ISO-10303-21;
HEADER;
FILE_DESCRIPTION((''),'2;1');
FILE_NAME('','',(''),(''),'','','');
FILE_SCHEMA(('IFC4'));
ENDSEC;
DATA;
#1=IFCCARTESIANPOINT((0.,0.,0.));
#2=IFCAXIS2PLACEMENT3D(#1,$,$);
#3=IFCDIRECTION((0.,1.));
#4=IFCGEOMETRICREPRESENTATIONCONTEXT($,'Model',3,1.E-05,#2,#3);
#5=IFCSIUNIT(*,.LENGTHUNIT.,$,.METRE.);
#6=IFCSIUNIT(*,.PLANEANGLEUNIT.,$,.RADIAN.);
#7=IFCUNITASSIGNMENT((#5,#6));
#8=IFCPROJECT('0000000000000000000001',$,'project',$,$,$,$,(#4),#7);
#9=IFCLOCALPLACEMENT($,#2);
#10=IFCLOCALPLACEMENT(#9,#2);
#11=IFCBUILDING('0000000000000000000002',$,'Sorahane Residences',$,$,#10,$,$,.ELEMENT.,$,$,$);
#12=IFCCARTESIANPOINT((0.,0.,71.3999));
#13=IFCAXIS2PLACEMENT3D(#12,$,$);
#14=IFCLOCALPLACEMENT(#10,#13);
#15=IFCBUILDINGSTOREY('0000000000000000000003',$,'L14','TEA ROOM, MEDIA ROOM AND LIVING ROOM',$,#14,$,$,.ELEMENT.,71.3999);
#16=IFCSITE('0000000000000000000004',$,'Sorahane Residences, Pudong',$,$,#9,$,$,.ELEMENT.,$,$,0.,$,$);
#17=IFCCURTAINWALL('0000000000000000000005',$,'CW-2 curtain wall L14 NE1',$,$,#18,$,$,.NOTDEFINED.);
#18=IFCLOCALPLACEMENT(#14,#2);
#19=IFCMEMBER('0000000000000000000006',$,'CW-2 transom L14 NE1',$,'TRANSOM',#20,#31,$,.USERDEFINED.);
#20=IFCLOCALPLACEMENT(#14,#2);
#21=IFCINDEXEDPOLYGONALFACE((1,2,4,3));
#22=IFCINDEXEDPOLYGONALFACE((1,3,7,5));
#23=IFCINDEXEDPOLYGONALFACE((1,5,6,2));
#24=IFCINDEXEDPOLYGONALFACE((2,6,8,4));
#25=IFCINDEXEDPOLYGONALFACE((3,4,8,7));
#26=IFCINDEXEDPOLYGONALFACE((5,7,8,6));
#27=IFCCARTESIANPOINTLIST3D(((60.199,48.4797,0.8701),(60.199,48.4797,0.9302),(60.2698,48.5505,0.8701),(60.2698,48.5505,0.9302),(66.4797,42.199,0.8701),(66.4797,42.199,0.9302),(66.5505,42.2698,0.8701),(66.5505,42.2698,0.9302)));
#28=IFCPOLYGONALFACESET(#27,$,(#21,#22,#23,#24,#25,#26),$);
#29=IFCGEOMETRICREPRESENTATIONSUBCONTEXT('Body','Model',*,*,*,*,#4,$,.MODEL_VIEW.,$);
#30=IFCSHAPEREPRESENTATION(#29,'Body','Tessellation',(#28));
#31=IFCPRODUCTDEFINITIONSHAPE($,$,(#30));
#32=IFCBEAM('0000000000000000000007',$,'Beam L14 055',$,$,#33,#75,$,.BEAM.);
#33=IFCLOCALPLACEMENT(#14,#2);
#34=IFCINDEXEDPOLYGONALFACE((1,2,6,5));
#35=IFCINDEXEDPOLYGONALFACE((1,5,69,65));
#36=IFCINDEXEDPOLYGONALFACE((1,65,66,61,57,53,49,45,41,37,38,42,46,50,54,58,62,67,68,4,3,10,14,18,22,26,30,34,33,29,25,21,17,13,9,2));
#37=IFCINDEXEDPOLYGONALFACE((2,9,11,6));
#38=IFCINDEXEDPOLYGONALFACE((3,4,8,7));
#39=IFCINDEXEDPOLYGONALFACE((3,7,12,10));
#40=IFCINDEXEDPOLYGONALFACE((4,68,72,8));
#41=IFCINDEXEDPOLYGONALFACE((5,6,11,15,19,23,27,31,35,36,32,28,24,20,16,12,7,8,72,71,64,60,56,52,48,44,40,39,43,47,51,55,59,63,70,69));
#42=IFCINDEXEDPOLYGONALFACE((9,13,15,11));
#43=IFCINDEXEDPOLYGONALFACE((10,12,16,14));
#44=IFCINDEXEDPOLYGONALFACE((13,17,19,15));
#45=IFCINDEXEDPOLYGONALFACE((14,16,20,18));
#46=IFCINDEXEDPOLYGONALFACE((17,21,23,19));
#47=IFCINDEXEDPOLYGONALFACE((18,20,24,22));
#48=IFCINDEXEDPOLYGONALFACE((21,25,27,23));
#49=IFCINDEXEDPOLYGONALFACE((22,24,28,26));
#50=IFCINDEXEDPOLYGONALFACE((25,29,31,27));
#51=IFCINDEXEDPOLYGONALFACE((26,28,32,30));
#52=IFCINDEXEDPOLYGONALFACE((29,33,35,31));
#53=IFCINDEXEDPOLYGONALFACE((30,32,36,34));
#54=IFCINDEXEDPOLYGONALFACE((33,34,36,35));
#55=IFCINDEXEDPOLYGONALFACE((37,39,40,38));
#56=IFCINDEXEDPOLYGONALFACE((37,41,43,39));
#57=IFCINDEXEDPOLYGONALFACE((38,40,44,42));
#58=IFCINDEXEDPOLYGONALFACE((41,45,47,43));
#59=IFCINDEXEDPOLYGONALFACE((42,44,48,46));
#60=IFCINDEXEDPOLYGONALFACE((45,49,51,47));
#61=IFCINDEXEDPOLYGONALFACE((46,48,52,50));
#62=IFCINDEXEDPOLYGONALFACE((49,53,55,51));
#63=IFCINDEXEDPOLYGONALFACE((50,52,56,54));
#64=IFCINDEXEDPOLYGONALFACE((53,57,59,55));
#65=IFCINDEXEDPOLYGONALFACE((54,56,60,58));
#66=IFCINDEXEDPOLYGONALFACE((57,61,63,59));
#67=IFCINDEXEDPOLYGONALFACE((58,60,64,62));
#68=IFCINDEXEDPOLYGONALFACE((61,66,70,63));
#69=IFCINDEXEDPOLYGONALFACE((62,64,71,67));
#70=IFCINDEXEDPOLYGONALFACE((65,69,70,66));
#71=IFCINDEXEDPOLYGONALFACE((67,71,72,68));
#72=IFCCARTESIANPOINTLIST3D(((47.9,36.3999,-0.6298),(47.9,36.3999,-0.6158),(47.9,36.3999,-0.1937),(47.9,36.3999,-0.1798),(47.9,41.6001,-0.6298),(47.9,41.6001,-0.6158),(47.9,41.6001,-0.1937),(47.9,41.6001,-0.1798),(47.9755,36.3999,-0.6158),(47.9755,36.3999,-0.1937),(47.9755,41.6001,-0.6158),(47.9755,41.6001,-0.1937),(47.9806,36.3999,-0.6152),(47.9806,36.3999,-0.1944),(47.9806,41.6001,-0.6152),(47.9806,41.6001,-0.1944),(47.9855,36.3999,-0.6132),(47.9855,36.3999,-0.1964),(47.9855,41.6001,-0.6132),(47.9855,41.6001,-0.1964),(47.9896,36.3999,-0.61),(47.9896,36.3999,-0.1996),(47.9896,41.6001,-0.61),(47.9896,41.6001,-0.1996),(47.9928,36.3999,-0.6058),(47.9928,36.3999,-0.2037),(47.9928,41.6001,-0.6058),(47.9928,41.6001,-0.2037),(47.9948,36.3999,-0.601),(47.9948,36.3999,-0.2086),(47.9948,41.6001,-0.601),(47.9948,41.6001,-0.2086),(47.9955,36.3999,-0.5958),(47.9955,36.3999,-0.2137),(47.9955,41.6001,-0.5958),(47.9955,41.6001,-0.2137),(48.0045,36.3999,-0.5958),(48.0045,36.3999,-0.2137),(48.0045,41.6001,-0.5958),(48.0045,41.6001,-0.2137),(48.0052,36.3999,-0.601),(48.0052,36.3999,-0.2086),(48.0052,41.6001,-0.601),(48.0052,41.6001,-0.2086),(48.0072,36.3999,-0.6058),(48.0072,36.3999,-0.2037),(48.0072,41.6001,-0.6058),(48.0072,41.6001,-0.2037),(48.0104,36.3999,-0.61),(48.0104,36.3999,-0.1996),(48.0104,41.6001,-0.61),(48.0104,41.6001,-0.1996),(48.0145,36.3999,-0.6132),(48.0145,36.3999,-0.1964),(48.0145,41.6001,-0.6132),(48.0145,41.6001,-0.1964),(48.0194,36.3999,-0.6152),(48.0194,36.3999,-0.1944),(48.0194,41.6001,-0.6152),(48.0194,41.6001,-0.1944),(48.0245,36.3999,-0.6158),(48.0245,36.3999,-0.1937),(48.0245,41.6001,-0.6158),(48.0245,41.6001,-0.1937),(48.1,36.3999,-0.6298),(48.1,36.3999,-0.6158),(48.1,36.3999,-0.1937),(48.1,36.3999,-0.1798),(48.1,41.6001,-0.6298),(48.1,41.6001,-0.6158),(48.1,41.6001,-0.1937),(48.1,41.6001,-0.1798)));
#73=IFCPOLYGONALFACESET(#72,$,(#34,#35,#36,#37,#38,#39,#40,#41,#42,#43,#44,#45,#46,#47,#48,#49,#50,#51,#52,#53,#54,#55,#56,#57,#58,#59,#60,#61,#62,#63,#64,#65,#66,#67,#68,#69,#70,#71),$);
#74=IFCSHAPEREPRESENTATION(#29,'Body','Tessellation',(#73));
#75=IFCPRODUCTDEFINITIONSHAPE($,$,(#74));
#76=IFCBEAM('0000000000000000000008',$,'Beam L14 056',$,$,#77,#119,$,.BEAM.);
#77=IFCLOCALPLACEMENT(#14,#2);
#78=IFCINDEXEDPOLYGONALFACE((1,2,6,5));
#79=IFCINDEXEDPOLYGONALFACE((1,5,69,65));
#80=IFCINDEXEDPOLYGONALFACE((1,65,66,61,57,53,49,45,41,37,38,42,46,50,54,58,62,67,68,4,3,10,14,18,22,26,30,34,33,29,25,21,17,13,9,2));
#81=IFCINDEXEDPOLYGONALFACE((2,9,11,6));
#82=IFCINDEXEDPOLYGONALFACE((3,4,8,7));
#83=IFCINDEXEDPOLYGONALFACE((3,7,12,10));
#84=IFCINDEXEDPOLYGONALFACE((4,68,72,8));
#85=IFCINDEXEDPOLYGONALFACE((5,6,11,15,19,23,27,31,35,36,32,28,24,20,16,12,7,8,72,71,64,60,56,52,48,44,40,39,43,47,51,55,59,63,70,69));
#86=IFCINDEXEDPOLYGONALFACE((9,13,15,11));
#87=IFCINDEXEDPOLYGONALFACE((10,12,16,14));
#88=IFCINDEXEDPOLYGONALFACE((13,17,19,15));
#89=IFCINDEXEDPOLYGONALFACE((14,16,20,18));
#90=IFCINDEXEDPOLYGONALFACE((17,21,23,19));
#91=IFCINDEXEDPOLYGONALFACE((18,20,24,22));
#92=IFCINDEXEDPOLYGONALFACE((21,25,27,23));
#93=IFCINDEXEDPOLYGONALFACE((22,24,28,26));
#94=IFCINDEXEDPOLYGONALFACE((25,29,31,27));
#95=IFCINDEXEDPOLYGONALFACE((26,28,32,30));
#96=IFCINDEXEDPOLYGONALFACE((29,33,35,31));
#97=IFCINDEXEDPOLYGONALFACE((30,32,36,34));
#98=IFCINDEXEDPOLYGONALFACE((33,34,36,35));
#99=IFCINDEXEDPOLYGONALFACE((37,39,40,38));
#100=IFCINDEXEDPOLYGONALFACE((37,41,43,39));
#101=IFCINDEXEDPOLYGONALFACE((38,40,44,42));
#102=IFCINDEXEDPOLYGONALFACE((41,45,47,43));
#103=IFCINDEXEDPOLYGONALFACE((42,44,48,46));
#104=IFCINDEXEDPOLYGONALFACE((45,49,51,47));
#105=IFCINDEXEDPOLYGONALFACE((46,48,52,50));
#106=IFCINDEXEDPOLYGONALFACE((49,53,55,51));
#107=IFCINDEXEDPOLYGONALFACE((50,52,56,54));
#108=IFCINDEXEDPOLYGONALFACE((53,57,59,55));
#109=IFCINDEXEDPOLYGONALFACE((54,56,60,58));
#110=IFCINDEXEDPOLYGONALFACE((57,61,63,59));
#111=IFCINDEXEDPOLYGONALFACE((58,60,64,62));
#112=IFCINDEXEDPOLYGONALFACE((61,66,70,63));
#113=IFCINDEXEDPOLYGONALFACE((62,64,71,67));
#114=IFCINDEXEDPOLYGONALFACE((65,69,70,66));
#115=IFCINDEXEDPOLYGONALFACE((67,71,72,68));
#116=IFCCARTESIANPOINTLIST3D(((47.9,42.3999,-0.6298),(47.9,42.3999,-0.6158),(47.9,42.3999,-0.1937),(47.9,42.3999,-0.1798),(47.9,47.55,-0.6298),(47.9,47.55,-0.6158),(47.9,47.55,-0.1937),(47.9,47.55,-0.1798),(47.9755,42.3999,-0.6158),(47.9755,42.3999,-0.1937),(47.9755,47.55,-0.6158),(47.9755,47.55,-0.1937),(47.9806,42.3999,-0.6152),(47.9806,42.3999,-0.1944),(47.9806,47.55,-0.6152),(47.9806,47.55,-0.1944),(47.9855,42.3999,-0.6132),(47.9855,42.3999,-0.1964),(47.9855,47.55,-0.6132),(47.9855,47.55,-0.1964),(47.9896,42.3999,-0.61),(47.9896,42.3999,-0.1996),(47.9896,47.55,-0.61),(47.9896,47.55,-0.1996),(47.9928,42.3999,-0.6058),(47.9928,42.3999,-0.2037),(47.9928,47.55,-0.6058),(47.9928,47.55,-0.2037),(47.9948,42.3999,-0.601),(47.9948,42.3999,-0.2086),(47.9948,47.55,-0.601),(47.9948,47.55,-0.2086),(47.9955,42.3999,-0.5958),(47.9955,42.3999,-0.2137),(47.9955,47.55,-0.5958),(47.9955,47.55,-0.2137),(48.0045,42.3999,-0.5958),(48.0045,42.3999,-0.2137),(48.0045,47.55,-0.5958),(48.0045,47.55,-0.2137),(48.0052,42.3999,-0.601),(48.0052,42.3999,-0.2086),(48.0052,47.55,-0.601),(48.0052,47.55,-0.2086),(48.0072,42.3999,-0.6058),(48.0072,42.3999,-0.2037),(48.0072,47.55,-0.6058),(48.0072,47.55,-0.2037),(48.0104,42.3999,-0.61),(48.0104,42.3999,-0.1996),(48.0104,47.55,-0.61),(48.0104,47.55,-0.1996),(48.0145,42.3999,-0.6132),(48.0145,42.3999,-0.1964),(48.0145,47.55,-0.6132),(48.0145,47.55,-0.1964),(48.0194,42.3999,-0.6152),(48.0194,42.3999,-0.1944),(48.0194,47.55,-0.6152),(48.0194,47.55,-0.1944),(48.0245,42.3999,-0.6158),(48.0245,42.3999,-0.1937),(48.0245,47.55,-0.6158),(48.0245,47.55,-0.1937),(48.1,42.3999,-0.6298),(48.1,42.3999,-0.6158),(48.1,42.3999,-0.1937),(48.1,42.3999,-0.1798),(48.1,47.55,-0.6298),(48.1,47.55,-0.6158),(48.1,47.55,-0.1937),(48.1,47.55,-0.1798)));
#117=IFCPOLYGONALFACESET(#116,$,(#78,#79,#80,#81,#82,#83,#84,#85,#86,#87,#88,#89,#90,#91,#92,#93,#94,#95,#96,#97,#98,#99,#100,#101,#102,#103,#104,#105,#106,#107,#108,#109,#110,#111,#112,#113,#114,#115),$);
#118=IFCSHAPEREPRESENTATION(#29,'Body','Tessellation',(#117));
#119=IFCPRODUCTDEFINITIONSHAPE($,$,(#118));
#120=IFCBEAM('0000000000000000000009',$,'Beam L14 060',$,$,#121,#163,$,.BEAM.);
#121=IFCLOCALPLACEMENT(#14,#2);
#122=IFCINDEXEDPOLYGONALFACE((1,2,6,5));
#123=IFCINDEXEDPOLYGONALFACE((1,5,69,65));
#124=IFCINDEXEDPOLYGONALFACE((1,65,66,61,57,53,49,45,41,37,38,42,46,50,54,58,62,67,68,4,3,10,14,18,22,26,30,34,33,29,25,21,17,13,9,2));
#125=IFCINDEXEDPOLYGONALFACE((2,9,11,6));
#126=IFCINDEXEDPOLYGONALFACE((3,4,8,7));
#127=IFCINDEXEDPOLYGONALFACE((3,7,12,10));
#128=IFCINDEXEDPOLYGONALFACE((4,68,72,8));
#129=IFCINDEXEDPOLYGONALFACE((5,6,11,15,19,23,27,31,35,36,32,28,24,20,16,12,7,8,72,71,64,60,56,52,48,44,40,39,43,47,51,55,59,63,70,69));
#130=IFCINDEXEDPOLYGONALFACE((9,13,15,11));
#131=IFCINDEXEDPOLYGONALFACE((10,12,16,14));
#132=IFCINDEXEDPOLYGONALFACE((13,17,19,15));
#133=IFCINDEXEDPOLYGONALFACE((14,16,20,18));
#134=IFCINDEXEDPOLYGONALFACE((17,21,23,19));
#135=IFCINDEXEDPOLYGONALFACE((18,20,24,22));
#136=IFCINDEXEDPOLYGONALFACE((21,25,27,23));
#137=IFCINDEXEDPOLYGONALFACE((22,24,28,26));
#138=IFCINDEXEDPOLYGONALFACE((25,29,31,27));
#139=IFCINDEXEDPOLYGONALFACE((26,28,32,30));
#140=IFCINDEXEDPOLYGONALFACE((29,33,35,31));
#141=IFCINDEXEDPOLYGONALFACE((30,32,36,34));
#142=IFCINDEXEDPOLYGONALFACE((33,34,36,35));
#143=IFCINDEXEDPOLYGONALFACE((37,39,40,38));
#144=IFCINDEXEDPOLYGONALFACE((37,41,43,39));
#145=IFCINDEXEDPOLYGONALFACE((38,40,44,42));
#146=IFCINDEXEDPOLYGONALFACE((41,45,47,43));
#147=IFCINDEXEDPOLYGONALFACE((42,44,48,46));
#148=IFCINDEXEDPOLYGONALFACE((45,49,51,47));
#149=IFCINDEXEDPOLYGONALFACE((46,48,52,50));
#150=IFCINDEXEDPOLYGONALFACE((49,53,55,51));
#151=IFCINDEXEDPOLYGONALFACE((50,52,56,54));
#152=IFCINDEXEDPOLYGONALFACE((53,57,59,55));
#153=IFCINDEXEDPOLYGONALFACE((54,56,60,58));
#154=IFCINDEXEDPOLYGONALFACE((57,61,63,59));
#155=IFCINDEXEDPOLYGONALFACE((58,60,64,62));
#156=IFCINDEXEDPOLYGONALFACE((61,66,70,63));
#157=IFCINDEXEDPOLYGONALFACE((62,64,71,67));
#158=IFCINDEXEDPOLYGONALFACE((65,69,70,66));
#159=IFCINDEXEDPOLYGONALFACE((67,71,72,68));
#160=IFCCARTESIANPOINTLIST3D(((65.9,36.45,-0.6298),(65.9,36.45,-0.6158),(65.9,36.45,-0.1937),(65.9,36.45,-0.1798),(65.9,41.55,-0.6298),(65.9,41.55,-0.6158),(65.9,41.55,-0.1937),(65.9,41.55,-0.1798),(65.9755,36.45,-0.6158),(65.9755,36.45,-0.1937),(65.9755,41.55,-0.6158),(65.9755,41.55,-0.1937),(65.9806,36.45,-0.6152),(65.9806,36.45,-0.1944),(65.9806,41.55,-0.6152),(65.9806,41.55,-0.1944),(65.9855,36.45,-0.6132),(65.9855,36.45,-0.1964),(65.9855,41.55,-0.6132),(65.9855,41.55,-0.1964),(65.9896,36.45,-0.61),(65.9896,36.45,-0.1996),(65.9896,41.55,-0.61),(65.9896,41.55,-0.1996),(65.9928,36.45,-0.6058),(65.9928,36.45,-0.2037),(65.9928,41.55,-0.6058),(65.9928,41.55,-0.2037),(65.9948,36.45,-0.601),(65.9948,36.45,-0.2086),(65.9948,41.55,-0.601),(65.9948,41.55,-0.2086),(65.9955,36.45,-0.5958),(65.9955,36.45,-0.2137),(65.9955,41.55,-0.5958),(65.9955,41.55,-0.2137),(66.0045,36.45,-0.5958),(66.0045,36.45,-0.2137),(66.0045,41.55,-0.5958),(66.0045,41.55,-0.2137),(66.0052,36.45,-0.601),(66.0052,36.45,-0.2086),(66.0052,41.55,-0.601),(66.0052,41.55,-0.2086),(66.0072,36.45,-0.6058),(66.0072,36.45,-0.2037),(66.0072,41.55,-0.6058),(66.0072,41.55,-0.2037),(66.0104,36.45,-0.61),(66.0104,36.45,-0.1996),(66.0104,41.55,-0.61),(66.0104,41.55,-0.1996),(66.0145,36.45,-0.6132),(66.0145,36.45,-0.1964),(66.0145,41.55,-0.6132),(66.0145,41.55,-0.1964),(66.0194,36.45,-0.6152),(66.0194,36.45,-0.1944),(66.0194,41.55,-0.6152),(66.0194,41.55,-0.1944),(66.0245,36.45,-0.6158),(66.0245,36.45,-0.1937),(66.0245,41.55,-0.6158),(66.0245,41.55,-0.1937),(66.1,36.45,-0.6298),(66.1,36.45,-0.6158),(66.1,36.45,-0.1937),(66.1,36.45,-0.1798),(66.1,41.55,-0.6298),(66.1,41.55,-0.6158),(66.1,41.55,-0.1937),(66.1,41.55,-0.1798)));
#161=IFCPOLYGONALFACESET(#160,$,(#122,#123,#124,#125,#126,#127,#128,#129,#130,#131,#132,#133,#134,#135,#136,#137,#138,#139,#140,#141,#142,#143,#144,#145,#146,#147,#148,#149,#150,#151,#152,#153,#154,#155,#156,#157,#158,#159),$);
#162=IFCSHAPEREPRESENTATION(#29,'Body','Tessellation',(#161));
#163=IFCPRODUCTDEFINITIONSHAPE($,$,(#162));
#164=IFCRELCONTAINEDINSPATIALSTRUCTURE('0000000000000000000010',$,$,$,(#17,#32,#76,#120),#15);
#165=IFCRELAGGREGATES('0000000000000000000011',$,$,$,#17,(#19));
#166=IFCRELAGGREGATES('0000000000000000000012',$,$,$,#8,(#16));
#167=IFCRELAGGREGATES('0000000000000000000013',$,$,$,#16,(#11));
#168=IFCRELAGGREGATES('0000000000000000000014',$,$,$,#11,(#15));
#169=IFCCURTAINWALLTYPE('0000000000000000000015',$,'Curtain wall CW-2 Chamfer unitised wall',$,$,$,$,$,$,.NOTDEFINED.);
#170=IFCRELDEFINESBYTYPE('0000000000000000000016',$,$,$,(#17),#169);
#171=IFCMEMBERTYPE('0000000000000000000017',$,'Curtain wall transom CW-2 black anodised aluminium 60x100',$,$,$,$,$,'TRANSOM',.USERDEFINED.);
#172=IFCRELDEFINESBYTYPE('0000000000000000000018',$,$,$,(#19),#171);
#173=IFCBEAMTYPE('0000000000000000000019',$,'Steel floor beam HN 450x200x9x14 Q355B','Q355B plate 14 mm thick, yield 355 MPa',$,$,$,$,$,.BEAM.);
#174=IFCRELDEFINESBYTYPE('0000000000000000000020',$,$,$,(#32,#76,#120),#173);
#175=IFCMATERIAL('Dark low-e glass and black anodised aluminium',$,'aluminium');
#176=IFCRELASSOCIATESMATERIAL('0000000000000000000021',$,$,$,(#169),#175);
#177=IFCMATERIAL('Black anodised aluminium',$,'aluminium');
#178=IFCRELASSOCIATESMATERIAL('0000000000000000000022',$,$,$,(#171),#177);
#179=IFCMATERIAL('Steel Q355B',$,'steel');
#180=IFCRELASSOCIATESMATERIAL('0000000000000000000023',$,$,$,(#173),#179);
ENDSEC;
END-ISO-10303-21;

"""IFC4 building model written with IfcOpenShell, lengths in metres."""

from ifc_helpers import new_model, si_unit, direction, frame, origin, origin_2d, place, context, subcontext, project, spatial, rectangle, i_section, extrude, material, material_profile, profile_set, type_object, element, aggregate, save


model = new_model("IFC4")

# Units and contexts
model_context = context("Model", 3, precision=1e-05, world=origin(), true_north=direction((0.0, 1.0)))
body_context = subcontext(model_context, "Body", "Model", "MODEL_VIEW")
ifc_project = project(units=[si_unit("LENGTHUNIT", "METRE"), si_unit("PLANEANGLEUNIT", "RADIAN")], contexts=[model_context])

# Site, building, storey
site_placement = place(None, origin())
site = spatial("IfcSite", under=ifc_project, at=site_placement, Name="Sorahane Residences, Pudong", CompositionType="ELEMENT", RefElevation=0.0)
building_placement = place(site_placement, origin())
building = spatial("IfcBuilding", under=site, at=building_placement, Name="Sorahane Residences", CompositionType="ELEMENT")
storey_placement = place(building_placement, frame((0.0, 0.0, 71.3999)))
storey = spatial("IfcBuildingStorey", under=building, at=storey_placement, Name="L14", Description="TEA ROOM, MEDIA ROOM AND LIVING ROOM", CompositionType="ELEMENT", Elevation=71.3999)

# Curtain wall
ifc_material_1 = material(Name="Dark low-e glass and black anodised aluminium", Category="aluminium")
curtain_wall_type_1 = type_object("IfcCurtainWallType", Name="Curtain wall CW-2 Chamfer unitised wall", PredefinedType="NOTDEFINED", material=ifc_material_1)
curtain_wall_1_placement = place(storey_placement, origin())
curtain_wall_1 = element("IfcCurtainWall", 1, at=curtain_wall_1_placement, inside=storey, type_object=curtain_wall_type_1, Name="CW-2 curtain wall L14 NE1", PredefinedType="NOTDEFINED")

# Member
ifc_material_2 = material(Name="Black anodised aluminium", Category="aluminium")
ifc_material_profile_1 = material_profile(ifc_material_2, rectangle(XDim=0.1001, YDim=0.0601, at=origin_2d()), Name="Curtain wall transom CW-2 black anodised aluminium 60x100")
ifc_profile_set_1 = profile_set([ifc_material_profile_1], Name="Black anodised aluminium")
member_type_1 = type_object("IfcMemberType", Name="Curtain wall transom CW-2 black anodised aluminium 60x100", ElementType="TRANSOM", PredefinedType="USERDEFINED", material=ifc_profile_set_1)
member_1_placement = place(storey_placement, frame((66.5151, 42.2344, 0.9001), z_axis=(-0.707107, 0.707107, 0.0), x_axis=(-0.707107, -0.707107, 0.0)))
member_1 = element("IfcMember", 2, at=member_1_placement, type_object=member_type_1, Name="CW-2 transom L14 NE1", ObjectType="TRANSOM", PredefinedType="USERDEFINED", context=body_context, shape_type="SweptSolid", body=[
    extrude(rectangle(XDim=0.1001, YDim=0.0601, at=origin_2d()), origin(), (0.0, 0.0, 1.0), 8.8823),
])

# Beams
ifc_material_3 = material(Name="Steel Q355B", Category="steel")
ifc_material_profile_2 = material_profile(ifc_material_3, i_section(OverallWidth=0.2, OverallDepth=0.45, WebThickness=0.009, FlangeThickness=0.0139, FilletRadius=0.02, at=origin_2d()), Name="HN 450x200x9x14")
ifc_profile_set_2 = profile_set([ifc_material_profile_2], Name="Steel Q355B")
beam_type_1 = type_object("IfcBeamType", Name="Steel floor beam HN 450x200x9x14 Q355B", Description="Q355B plate 14 mm thick, yield 355 MPa", PredefinedType="BEAM", material=ifc_profile_set_2)
beam_1_placement = place(storey_placement, frame((48.0, 36.3999, -0.4048), z_axis=(0.0, 1.0, 0.0), x_axis=(-1.0, 0.0, 0.0)))
element("IfcBeam", 3, at=beam_1_placement, inside=storey, type_object=beam_type_1, Name="Beam L14 055", PredefinedType="BEAM", context=body_context, shape_type="SweptSolid", body=[
    extrude(i_section(OverallWidth=0.2, OverallDepth=0.45, WebThickness=0.009, FlangeThickness=0.0139, FilletRadius=0.02, at=origin_2d()), origin(), (0.0, 0.0, 1.0), 5.2002),
])
beam_2_placement = place(storey_placement, frame((48.0, 42.3999, -0.4048), z_axis=(0.0, 1.0, 0.0), x_axis=(-1.0, 0.0, 0.0)))
element("IfcBeam", 4, at=beam_2_placement, inside=storey, type_object=beam_type_1, Name="Beam L14 056", PredefinedType="BEAM", context=body_context, shape_type="SweptSolid", body=[
    extrude(i_section(OverallWidth=0.2, OverallDepth=0.45, WebThickness=0.009, FlangeThickness=0.0139, FilletRadius=0.02, at=origin_2d()), origin(), (0.0, 0.0, 1.0), 5.1501),
])
beam_3_placement = place(storey_placement, frame((66.0, 36.45, -0.4048), z_axis=(0.0, 1.0, 0.0), x_axis=(-1.0, 0.0, 0.0)))
element("IfcBeam", 5, at=beam_3_placement, inside=storey, type_object=beam_type_1, Name="Beam L14 060", PredefinedType="BEAM", context=body_context, shape_type="SweptSolid", body=[
    extrude(i_section(OverallWidth=0.2, OverallDepth=0.45, WebThickness=0.009, FlangeThickness=0.0139, FilletRadius=0.02, at=origin_2d()), origin(), (0.0, 0.0, 1.0), 5.1001),
])

aggregate(curtain_wall_1, [member_1])

save(model, "model.ifc")
